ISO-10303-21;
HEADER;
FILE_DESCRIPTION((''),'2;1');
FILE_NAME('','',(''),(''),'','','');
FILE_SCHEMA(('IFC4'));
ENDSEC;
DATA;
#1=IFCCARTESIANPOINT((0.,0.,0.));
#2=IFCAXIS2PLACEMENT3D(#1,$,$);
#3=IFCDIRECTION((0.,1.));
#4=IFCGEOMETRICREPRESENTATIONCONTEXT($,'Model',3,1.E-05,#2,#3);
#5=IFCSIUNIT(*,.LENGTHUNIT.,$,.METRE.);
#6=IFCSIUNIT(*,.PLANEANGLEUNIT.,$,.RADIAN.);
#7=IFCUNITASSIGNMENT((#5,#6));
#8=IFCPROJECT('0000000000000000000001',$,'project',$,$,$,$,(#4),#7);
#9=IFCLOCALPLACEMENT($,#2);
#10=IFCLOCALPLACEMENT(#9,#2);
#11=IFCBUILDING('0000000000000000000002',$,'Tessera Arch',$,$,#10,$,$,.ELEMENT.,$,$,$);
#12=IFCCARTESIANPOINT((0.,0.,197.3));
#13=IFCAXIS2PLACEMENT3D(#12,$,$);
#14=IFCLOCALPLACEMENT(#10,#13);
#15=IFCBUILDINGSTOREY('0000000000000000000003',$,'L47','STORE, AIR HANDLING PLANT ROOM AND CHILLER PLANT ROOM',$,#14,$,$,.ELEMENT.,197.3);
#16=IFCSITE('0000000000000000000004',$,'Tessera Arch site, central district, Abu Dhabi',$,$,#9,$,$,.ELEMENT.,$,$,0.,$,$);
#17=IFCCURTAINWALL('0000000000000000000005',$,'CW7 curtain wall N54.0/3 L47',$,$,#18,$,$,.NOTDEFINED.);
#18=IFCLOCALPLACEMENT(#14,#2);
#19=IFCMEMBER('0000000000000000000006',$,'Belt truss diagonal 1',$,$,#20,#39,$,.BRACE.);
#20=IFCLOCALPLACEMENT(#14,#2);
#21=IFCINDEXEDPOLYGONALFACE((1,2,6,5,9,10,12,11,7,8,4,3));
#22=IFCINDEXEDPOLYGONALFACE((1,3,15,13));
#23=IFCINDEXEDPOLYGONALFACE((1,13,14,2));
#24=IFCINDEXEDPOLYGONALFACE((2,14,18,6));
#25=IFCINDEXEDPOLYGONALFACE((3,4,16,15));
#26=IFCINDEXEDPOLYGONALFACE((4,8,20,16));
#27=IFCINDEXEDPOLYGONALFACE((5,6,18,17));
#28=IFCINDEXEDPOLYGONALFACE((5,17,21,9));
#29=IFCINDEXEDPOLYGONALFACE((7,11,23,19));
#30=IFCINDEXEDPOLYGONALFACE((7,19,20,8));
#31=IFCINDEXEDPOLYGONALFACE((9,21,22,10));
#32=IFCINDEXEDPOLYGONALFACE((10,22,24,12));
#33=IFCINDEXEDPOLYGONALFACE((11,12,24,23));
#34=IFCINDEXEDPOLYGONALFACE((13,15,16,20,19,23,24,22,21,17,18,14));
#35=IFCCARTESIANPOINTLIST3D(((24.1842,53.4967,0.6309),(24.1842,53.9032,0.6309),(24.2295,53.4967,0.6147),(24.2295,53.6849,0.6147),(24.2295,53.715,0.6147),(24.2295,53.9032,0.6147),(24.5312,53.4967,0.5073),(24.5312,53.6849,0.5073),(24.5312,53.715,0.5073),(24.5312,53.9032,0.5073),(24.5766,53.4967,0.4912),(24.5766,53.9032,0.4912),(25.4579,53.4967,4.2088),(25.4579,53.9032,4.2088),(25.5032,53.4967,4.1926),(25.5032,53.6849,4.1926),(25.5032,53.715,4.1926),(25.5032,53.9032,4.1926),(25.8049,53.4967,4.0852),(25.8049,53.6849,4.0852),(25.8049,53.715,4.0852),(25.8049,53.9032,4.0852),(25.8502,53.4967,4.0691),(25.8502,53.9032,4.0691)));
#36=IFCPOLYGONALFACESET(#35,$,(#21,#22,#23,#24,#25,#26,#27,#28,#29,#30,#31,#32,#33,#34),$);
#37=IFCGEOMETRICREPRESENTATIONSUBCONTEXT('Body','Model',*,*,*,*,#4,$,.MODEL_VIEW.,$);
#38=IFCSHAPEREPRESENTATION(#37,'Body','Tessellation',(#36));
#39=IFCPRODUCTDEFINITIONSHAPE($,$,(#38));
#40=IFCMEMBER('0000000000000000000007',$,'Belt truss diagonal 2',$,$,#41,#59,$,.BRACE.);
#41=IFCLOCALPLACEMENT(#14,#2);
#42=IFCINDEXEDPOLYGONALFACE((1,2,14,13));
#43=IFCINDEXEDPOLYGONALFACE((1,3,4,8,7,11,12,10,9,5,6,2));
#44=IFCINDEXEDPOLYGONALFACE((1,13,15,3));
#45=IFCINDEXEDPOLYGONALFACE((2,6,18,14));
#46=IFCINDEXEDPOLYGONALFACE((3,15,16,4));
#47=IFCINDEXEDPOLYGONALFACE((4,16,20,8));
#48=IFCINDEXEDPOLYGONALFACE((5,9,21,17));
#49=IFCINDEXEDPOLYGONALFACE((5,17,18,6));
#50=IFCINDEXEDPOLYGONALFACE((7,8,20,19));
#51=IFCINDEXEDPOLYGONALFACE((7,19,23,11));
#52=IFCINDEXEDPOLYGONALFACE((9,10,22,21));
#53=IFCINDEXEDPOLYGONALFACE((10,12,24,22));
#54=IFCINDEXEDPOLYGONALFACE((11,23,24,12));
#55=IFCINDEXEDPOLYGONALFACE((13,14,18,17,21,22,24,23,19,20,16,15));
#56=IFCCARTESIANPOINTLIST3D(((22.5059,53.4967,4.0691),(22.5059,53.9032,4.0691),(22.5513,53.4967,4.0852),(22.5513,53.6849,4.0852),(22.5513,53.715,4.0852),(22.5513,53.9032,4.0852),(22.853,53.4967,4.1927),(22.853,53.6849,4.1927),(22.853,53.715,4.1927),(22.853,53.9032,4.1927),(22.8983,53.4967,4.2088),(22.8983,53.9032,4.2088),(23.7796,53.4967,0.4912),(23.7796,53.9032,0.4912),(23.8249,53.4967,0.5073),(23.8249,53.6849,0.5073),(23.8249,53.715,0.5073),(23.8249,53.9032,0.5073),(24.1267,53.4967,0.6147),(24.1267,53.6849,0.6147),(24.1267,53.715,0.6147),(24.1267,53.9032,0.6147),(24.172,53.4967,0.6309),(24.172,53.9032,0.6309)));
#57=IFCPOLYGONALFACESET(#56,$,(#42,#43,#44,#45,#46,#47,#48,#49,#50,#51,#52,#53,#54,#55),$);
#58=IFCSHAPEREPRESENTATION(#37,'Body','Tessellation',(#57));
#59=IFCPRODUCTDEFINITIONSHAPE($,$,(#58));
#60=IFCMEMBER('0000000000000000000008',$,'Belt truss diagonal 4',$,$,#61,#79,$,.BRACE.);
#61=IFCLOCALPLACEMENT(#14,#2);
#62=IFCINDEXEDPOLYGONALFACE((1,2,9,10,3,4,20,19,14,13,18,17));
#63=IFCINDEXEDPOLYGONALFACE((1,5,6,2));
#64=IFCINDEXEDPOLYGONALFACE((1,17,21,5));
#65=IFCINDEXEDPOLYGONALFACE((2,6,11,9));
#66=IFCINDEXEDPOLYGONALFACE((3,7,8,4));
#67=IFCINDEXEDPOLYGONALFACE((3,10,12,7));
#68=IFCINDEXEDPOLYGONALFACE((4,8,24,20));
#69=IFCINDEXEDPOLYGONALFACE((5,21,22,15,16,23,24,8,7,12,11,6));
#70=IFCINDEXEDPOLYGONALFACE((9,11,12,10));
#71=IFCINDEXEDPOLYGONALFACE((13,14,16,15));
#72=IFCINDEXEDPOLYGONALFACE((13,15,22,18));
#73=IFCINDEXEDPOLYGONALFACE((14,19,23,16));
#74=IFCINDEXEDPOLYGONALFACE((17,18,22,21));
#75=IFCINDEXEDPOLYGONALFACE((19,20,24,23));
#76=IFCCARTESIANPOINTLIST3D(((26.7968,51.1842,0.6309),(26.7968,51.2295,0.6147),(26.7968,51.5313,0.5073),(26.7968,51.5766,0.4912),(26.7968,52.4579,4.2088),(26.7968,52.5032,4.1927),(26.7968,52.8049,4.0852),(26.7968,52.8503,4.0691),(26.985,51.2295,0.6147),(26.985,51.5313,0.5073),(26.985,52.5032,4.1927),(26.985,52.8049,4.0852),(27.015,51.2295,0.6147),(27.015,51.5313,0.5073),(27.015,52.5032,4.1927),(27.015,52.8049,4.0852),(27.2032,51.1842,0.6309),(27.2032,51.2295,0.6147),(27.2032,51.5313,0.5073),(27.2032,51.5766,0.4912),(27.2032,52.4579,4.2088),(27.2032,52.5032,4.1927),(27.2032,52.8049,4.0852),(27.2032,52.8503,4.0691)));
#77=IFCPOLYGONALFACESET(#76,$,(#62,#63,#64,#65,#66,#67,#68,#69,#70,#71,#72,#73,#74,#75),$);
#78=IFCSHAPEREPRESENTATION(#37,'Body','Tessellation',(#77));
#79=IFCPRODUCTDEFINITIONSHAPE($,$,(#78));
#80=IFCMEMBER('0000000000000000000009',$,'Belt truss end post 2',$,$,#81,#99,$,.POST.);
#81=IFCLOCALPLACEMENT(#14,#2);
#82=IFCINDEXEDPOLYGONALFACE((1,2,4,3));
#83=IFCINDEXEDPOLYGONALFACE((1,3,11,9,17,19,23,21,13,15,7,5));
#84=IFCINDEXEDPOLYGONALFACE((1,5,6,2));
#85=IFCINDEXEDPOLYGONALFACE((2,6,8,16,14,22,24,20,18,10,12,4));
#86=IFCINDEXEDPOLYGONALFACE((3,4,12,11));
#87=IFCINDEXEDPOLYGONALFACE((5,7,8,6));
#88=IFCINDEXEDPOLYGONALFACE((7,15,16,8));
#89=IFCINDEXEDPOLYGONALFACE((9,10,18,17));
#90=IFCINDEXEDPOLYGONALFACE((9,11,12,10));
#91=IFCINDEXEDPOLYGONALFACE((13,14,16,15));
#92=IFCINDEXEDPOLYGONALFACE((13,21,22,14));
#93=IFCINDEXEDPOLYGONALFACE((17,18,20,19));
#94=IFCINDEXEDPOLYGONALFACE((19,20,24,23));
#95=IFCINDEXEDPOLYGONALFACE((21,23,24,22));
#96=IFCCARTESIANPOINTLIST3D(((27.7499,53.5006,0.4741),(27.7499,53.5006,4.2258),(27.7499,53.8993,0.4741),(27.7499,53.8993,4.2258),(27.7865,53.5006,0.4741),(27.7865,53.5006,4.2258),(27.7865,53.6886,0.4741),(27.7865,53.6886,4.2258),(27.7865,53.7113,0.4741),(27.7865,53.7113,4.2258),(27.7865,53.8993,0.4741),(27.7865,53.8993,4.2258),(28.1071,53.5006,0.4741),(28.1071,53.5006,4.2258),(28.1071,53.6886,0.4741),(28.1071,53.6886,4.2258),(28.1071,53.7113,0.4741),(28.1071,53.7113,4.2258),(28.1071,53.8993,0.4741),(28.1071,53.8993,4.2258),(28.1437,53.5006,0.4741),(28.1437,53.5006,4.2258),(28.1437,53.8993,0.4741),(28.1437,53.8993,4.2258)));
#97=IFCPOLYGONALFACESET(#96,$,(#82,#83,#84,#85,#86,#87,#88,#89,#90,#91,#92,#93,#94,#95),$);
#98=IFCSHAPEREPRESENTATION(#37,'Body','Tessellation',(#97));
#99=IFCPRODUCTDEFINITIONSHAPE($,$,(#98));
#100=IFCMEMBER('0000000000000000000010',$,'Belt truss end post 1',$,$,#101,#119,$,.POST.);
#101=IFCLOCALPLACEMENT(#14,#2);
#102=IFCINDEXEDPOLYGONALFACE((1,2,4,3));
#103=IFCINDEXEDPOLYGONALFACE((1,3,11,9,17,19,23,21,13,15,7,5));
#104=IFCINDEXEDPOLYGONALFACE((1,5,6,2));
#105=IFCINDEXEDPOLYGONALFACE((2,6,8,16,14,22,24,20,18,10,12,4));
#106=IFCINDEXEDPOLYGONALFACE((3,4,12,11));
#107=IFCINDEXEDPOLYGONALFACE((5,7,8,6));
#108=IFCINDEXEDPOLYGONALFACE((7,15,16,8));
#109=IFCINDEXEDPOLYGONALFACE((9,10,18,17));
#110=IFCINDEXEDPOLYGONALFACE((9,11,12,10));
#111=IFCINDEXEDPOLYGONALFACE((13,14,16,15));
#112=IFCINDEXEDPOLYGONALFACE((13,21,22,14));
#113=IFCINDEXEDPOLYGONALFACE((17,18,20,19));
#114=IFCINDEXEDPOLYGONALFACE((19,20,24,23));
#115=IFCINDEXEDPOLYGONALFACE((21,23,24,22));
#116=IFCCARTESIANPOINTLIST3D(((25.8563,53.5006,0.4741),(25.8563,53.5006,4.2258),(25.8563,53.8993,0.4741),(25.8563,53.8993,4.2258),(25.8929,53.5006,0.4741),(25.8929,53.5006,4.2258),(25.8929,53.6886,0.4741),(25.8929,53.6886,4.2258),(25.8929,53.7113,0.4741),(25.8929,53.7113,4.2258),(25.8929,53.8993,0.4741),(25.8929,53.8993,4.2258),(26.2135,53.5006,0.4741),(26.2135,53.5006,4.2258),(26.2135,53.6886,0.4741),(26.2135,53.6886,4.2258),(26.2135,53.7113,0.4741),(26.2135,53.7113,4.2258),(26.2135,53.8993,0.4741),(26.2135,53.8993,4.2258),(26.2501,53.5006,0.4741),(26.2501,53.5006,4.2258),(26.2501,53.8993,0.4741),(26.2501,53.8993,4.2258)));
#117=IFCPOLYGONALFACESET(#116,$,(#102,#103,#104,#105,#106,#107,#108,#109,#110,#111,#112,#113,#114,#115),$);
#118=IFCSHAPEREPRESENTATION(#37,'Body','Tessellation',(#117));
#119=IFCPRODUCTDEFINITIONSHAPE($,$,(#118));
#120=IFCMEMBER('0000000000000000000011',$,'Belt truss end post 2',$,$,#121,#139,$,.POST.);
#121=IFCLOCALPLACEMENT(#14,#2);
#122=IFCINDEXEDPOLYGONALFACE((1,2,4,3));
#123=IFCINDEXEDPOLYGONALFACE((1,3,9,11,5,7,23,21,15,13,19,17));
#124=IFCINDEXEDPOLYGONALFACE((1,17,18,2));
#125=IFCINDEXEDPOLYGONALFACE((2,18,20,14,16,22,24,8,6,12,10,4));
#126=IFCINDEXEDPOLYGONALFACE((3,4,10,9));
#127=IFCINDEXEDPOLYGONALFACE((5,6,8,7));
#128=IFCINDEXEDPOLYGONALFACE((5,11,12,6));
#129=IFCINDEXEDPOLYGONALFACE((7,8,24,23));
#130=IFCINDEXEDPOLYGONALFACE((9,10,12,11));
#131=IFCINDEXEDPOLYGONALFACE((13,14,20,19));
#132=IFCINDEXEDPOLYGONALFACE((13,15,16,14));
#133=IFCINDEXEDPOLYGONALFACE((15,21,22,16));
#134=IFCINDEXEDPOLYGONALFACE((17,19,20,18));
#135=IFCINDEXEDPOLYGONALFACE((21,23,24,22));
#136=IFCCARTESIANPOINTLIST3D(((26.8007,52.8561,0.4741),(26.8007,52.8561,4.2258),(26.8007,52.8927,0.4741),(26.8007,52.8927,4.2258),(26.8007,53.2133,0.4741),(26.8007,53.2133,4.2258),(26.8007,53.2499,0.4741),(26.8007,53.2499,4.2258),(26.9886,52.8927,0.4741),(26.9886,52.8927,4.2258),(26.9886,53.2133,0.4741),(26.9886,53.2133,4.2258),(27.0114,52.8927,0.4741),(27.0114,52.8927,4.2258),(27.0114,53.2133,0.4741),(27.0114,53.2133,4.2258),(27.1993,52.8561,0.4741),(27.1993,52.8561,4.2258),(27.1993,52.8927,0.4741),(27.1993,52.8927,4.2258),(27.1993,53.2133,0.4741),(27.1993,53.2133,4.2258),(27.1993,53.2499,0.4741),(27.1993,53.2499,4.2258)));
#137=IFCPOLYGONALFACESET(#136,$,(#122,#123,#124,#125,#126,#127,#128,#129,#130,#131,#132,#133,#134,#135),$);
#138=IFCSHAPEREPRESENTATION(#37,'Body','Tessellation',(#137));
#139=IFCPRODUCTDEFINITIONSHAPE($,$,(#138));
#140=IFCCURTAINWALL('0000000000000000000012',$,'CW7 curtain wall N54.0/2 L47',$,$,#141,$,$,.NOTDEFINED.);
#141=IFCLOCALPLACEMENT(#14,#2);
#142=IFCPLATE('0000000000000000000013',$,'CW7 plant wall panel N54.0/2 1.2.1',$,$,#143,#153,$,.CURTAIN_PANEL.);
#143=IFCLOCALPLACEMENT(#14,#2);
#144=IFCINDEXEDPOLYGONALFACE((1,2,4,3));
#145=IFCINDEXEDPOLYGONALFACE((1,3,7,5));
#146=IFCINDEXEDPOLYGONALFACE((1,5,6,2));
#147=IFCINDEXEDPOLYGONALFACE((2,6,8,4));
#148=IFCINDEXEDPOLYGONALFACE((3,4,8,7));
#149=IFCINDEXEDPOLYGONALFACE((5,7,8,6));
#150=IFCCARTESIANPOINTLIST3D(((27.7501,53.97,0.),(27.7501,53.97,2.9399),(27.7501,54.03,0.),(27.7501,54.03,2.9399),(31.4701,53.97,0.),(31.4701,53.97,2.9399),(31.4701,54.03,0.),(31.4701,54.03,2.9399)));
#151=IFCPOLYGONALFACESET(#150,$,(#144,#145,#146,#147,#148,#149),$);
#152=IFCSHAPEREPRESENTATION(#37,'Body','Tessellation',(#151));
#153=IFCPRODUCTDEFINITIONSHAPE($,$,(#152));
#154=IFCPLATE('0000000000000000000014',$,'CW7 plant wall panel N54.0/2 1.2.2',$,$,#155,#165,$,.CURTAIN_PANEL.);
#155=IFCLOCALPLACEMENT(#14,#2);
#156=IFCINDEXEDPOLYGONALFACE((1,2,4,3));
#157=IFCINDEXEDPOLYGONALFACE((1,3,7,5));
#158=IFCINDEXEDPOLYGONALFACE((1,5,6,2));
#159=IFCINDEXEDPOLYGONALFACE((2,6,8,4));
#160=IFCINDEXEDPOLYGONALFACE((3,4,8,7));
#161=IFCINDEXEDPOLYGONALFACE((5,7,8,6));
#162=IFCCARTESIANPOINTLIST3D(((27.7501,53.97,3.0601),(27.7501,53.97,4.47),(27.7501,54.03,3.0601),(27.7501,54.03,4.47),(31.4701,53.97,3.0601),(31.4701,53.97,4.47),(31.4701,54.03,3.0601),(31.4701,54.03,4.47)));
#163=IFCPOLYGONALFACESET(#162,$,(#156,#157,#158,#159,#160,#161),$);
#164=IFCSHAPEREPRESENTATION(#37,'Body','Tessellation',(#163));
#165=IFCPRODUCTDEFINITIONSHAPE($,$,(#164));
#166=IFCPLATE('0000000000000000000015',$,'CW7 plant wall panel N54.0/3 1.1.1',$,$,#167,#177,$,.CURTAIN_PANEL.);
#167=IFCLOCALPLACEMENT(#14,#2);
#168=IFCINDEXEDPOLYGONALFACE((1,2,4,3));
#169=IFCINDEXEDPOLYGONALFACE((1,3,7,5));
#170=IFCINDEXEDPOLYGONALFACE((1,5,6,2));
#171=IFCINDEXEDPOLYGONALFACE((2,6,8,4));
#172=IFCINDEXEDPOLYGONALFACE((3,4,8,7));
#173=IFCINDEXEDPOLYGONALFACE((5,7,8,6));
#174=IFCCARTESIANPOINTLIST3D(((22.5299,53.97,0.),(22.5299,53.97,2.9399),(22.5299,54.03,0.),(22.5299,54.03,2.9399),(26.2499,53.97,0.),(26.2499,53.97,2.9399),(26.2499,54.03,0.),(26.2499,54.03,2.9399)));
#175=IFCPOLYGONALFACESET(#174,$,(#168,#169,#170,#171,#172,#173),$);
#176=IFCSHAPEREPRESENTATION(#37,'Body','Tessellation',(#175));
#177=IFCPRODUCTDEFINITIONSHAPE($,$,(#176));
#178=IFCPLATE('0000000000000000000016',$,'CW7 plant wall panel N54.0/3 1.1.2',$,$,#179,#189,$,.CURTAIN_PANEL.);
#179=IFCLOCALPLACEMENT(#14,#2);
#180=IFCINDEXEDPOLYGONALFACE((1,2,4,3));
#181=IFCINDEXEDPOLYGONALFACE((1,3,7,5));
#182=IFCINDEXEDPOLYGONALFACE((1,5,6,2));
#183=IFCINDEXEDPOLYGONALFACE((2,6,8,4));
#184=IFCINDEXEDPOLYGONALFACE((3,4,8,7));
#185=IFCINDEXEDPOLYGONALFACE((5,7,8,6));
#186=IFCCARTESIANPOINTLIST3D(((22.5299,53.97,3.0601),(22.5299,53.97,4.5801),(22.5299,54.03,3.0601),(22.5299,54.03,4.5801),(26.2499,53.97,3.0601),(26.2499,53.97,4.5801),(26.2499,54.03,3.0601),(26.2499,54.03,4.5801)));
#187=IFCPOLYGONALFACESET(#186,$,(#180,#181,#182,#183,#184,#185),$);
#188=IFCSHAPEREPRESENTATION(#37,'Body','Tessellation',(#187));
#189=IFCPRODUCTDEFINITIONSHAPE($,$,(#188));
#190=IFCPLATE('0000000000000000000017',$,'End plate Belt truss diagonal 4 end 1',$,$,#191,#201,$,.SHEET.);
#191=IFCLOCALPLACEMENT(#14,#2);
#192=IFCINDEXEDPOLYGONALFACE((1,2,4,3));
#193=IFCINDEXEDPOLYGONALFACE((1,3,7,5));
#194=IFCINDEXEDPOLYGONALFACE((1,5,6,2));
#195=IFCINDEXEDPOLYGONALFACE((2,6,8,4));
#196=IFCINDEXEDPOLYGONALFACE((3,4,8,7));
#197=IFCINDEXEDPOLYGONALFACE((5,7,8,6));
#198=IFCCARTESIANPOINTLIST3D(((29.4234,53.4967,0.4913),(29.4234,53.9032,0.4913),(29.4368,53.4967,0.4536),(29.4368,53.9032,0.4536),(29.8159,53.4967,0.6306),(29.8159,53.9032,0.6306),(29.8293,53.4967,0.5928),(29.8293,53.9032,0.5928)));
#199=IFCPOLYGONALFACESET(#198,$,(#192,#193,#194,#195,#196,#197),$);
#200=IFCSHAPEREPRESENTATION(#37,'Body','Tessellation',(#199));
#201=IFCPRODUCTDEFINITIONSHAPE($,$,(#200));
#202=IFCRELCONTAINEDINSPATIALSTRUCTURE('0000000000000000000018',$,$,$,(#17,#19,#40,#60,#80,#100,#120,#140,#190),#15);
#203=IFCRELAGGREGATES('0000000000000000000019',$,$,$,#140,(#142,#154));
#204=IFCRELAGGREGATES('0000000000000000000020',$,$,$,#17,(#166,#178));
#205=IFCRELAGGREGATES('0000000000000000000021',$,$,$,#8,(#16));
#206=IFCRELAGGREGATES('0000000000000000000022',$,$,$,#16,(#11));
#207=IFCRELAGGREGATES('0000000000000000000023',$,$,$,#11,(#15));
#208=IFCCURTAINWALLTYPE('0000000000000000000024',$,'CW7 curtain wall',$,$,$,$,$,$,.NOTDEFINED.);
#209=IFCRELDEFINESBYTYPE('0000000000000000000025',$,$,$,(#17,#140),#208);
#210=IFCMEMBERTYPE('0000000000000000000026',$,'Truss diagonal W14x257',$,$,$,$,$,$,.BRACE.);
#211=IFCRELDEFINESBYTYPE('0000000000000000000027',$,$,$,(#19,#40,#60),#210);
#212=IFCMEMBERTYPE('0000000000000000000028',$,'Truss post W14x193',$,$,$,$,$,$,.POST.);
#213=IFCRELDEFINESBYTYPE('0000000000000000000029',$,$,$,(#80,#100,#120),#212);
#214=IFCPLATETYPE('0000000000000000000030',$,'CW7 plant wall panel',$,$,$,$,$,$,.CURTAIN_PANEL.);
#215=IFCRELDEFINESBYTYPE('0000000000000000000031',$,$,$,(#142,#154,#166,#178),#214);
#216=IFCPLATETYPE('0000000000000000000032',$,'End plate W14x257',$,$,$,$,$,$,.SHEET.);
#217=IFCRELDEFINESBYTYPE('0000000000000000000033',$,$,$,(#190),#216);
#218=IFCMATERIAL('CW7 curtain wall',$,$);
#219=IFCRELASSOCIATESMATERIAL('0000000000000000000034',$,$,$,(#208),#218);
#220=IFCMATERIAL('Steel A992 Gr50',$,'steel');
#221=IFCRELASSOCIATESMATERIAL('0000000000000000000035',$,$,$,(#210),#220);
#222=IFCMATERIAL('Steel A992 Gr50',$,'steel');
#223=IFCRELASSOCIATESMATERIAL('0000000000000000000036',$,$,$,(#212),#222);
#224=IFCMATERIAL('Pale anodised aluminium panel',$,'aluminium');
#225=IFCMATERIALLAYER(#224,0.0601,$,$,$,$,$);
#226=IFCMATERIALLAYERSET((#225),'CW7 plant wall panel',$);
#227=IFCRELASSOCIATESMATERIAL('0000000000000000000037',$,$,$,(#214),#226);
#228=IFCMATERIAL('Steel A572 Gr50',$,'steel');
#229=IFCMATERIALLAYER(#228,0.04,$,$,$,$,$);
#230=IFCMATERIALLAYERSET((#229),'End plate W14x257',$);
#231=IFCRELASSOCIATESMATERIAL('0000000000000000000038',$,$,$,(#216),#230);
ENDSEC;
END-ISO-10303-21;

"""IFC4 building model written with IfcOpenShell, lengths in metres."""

from ifc_helpers import new_model, si_unit, direction, frame, origin, origin_2d, place, context, subcontext, project, spatial, rectangle, i_section, extrude, material, layer, layer_set, material_profile, profile_set, type_object, element, aggregate, save


model = new_model("IFC4")

# Units and contexts
model_context = context("Model", 3, precision=1e-05, world=origin(), true_north=direction((0.0, 1.0)))
body_context = subcontext(model_context, "Body", "Model", "MODEL_VIEW")
ifc_project = project(units=[si_unit("LENGTHUNIT", "METRE"), si_unit("PLANEANGLEUNIT", "RADIAN")], contexts=[model_context])

# Site, building, storey
site_placement = place(None, origin())
site = spatial("IfcSite", under=ifc_project, at=site_placement, Name="Tessera Arch site, central district, Abu Dhabi", CompositionType="ELEMENT", RefElevation=0.0)
building_placement = place(site_placement, origin())
building = spatial("IfcBuilding", under=site, at=building_placement, Name="Tessera Arch", CompositionType="ELEMENT")
storey_placement = place(building_placement, frame((0.0, 0.0, 197.3)))
storey = spatial("IfcBuildingStorey", under=building, at=storey_placement, Name="L47", Description="STORE, AIR HANDLING PLANT ROOM AND CHILLER PLANT ROOM", CompositionType="ELEMENT", Elevation=197.3)

# Curtain wall
ifc_material_1 = material(Name="CW7 curtain wall")
curtain_wall_type = type_object("IfcCurtainWallType", Name="CW7 curtain wall", PredefinedType="NOTDEFINED", material=ifc_material_1)
curtain_wall_1_placement = place(storey_placement, origin())
curtain_wall_1 = element("IfcCurtainWall", 1, at=curtain_wall_1_placement, inside=storey, type_object=curtain_wall_type, Name="CW7 curtain wall N54.0/3 L47", PredefinedType="NOTDEFINED")

# Members
ifc_material_2 = material(Name="Steel A992 Gr50", Category="steel")
ifc_material_profile_1 = material_profile(ifc_material_2, i_section(OverallWidth=0.4065, OverallDepth=0.4165, WebThickness=0.03, FlangeThickness=0.0481, at=origin_2d()), Name="W14x257")
ifc_profile_set_1 = profile_set([ifc_material_profile_1], Name="Steel A992 Gr50")
member_type_1 = type_object("IfcMemberType", Name="Truss diagonal W14x257", PredefinedType="BRACE", material=ifc_profile_set_1)
for number, where, z_axis, x_axis, name in (
    (2, (25.6541, 53.7, 4.1389), (-0.335371, 0.0, -0.942086), (0.0, -1.0, 0.0), "Belt truss diagonal 1"),
    (3, (23.9758, 53.7, 0.561), (-0.335371, 0.0, 0.942086), (0.0, -1.0, 0.0), "Belt truss diagonal 2"),
    (4, (27.0, 51.3804, 0.561), (0.0, 0.335371, 0.942086), (-1.0, 0.0, 0.0), "Belt truss diagonal 4"),
):
    element("IfcMember", number, at=place(storey_placement, frame(where, z_axis=z_axis, x_axis=x_axis)), inside=storey, type_object=member_type_1, Name=name, PredefinedType="BRACE", context=body_context, shape_type="SweptSolid", body=[
        extrude(i_section(OverallWidth=0.4065, OverallDepth=0.4165, WebThickness=0.03, FlangeThickness=0.0481, at=origin_2d()), origin(), (0.0, 0.0, 1.0), 3.7979),
    ])
ifc_material_3 = material(Name="Steel A992 Gr50", Category="steel")
ifc_material_profile_2 = material_profile(ifc_material_3, i_section(OverallWidth=0.3987, OverallDepth=0.3938, WebThickness=0.0227, FlangeThickness=0.0366, at=origin_2d()), Name="W14x193")
ifc_profile_set_2 = profile_set([ifc_material_profile_2], Name="Steel A992 Gr50")
member_type_2 = type_object("IfcMemberType", Name="Truss post W14x193", PredefinedType="POST", material=ifc_profile_set_2)
for number, where, z_axis, x_axis, name in (
    (5, (27.9468, 53.7, 0.4741), (0.0, 0.0, 1.0), (0.0, 1.0, 0.0), "Belt truss end post 2"),
    (6, (26.0532, 53.7, 0.4741), (0.0, 0.0, 1.0), (0.0, 1.0, 0.0), "Belt truss end post 1"),
    (7, (27.0, 53.053, 0.4741), (0.0, 0.0, 1.0), (1.0, 0.0, 0.0), "Belt truss end post 2"),
):
    element("IfcMember", number, at=place(storey_placement, frame(where, z_axis=z_axis, x_axis=x_axis)), inside=storey, type_object=member_type_2, Name=name, PredefinedType="POST", context=body_context, shape_type="SweptSolid", body=[
        extrude(i_section(OverallWidth=0.3987, OverallDepth=0.3938, WebThickness=0.0227, FlangeThickness=0.0366, at=origin_2d()), origin(), (0.0, 0.0, 1.0), 3.7517),
    ])

# Curtain wall, plates
curtain_wall_2_placement = place(storey_placement, origin())
curtain_wall_2 = element("IfcCurtainWall", 8, at=curtain_wall_2_placement, inside=storey, type_object=curtain_wall_type, Name="CW7 curtain wall N54.0/2 L47", PredefinedType="NOTDEFINED")
ifc_material_4 = material(Name="Pale anodised aluminium panel", Category="aluminium")
ifc_layer_1 = layer(ifc_material_4, 0.0601)
ifc_layer_set_1 = layer_set([ifc_layer_1], Name="CW7 plant wall panel")
plate_type_1 = type_object("IfcPlateType", Name="CW7 plant wall panel", PredefinedType="CURTAIN_PANEL", material=ifc_layer_set_1)
plate_1_placement = place(storey_placement, frame((29.6101, 54.0, 0.0), z_axis=(0.0, 0.0, 1.0), x_axis=(-1.0, 0.0, 0.0)))
plate_1 = element("IfcPlate", 9, at=plate_1_placement, type_object=plate_type_1, Name="CW7 plant wall panel N54.0/2 1.2.1", PredefinedType="CURTAIN_PANEL", context=body_context, shape_type="SweptSolid", body=[
    extrude(rectangle(XDim=3.72, YDim=0.0601, at=origin_2d()), origin(), (0.0, 0.0, 1.0), 2.9399),
])
plate_2_placement = place(storey_placement, frame((29.6101, 54.0, 3.0601), z_axis=(0.0, 0.0, 1.0), x_axis=(-1.0, 0.0, 0.0)))
plate_2 = element("IfcPlate", 10, at=plate_2_placement, type_object=plate_type_1, Name="CW7 plant wall panel N54.0/2 1.2.2", PredefinedType="CURTAIN_PANEL", context=body_context, shape_type="SweptSolid", body=[
    extrude(rectangle(XDim=3.72, YDim=0.0601, at=origin_2d()), origin(), (0.0, 0.0, 1.0), 1.4099),
])
aggregate(curtain_wall_2, [plate_1, plate_2])

# Plates
plate_3_placement = place(storey_placement, frame((24.3899, 54.0, 0.0), z_axis=(0.0, 0.0, 1.0), x_axis=(-1.0, 0.0, 0.0)))
plate_3 = element("IfcPlate", 11, at=plate_3_placement, type_object=plate_type_1, Name="CW7 plant wall panel N54.0/3 1.1.1", PredefinedType="CURTAIN_PANEL", context=body_context, shape_type="SweptSolid", body=[
    extrude(rectangle(XDim=3.72, YDim=0.0601, at=origin_2d()), origin(), (0.0, 0.0, 1.0), 2.9399),
])
plate_4_placement = place(storey_placement, frame((24.3899, 54.0, 3.0601), z_axis=(0.0, 0.0, 1.0), x_axis=(-1.0, 0.0, 0.0)))
plate_4 = element("IfcPlate", 12, at=plate_4_placement, type_object=plate_type_1, Name="CW7 plant wall panel N54.0/3 1.1.2", PredefinedType="CURTAIN_PANEL", context=body_context, shape_type="SweptSolid", body=[
    extrude(rectangle(XDim=3.72, YDim=0.0601, at=origin_2d()), origin(), (0.0, 0.0, 1.0), 1.52),
])
aggregate(curtain_wall_1, [plate_3, plate_4])

# Plate
ifc_material_5 = material(Name="Steel A572 Gr50", Category="steel")
ifc_layer_2 = layer(ifc_material_5, 0.04)
ifc_layer_set_2 = layer_set([ifc_layer_2], Name="End plate W14x257")
plate_type_2 = type_object("IfcPlateType", Name="End plate W14x257", PredefinedType="SHEET", material=ifc_layer_set_2)
for number, where, z_axis, x_axis, name in (
    (13, (29.6331, 53.7, 0.5232), (-0.33441, 0.0, 0.942428), (0.0, -1.0, 0.0), "End plate Belt truss diagonal 4 end 1"),
):
    element("IfcPlate", number, at=place(storey_placement, frame(where, z_axis=z_axis, x_axis=x_axis)), inside=storey, type_object=plate_type_2, Name=name, PredefinedType="SHEET", context=body_context, shape_type="SweptSolid", body=[
        extrude(rectangle(XDim=0.4065, YDim=0.4165, at=origin_2d()), origin(), (0.0, 0.0, 1.0), 0.04),
    ])

save(model, "model.ifc")
